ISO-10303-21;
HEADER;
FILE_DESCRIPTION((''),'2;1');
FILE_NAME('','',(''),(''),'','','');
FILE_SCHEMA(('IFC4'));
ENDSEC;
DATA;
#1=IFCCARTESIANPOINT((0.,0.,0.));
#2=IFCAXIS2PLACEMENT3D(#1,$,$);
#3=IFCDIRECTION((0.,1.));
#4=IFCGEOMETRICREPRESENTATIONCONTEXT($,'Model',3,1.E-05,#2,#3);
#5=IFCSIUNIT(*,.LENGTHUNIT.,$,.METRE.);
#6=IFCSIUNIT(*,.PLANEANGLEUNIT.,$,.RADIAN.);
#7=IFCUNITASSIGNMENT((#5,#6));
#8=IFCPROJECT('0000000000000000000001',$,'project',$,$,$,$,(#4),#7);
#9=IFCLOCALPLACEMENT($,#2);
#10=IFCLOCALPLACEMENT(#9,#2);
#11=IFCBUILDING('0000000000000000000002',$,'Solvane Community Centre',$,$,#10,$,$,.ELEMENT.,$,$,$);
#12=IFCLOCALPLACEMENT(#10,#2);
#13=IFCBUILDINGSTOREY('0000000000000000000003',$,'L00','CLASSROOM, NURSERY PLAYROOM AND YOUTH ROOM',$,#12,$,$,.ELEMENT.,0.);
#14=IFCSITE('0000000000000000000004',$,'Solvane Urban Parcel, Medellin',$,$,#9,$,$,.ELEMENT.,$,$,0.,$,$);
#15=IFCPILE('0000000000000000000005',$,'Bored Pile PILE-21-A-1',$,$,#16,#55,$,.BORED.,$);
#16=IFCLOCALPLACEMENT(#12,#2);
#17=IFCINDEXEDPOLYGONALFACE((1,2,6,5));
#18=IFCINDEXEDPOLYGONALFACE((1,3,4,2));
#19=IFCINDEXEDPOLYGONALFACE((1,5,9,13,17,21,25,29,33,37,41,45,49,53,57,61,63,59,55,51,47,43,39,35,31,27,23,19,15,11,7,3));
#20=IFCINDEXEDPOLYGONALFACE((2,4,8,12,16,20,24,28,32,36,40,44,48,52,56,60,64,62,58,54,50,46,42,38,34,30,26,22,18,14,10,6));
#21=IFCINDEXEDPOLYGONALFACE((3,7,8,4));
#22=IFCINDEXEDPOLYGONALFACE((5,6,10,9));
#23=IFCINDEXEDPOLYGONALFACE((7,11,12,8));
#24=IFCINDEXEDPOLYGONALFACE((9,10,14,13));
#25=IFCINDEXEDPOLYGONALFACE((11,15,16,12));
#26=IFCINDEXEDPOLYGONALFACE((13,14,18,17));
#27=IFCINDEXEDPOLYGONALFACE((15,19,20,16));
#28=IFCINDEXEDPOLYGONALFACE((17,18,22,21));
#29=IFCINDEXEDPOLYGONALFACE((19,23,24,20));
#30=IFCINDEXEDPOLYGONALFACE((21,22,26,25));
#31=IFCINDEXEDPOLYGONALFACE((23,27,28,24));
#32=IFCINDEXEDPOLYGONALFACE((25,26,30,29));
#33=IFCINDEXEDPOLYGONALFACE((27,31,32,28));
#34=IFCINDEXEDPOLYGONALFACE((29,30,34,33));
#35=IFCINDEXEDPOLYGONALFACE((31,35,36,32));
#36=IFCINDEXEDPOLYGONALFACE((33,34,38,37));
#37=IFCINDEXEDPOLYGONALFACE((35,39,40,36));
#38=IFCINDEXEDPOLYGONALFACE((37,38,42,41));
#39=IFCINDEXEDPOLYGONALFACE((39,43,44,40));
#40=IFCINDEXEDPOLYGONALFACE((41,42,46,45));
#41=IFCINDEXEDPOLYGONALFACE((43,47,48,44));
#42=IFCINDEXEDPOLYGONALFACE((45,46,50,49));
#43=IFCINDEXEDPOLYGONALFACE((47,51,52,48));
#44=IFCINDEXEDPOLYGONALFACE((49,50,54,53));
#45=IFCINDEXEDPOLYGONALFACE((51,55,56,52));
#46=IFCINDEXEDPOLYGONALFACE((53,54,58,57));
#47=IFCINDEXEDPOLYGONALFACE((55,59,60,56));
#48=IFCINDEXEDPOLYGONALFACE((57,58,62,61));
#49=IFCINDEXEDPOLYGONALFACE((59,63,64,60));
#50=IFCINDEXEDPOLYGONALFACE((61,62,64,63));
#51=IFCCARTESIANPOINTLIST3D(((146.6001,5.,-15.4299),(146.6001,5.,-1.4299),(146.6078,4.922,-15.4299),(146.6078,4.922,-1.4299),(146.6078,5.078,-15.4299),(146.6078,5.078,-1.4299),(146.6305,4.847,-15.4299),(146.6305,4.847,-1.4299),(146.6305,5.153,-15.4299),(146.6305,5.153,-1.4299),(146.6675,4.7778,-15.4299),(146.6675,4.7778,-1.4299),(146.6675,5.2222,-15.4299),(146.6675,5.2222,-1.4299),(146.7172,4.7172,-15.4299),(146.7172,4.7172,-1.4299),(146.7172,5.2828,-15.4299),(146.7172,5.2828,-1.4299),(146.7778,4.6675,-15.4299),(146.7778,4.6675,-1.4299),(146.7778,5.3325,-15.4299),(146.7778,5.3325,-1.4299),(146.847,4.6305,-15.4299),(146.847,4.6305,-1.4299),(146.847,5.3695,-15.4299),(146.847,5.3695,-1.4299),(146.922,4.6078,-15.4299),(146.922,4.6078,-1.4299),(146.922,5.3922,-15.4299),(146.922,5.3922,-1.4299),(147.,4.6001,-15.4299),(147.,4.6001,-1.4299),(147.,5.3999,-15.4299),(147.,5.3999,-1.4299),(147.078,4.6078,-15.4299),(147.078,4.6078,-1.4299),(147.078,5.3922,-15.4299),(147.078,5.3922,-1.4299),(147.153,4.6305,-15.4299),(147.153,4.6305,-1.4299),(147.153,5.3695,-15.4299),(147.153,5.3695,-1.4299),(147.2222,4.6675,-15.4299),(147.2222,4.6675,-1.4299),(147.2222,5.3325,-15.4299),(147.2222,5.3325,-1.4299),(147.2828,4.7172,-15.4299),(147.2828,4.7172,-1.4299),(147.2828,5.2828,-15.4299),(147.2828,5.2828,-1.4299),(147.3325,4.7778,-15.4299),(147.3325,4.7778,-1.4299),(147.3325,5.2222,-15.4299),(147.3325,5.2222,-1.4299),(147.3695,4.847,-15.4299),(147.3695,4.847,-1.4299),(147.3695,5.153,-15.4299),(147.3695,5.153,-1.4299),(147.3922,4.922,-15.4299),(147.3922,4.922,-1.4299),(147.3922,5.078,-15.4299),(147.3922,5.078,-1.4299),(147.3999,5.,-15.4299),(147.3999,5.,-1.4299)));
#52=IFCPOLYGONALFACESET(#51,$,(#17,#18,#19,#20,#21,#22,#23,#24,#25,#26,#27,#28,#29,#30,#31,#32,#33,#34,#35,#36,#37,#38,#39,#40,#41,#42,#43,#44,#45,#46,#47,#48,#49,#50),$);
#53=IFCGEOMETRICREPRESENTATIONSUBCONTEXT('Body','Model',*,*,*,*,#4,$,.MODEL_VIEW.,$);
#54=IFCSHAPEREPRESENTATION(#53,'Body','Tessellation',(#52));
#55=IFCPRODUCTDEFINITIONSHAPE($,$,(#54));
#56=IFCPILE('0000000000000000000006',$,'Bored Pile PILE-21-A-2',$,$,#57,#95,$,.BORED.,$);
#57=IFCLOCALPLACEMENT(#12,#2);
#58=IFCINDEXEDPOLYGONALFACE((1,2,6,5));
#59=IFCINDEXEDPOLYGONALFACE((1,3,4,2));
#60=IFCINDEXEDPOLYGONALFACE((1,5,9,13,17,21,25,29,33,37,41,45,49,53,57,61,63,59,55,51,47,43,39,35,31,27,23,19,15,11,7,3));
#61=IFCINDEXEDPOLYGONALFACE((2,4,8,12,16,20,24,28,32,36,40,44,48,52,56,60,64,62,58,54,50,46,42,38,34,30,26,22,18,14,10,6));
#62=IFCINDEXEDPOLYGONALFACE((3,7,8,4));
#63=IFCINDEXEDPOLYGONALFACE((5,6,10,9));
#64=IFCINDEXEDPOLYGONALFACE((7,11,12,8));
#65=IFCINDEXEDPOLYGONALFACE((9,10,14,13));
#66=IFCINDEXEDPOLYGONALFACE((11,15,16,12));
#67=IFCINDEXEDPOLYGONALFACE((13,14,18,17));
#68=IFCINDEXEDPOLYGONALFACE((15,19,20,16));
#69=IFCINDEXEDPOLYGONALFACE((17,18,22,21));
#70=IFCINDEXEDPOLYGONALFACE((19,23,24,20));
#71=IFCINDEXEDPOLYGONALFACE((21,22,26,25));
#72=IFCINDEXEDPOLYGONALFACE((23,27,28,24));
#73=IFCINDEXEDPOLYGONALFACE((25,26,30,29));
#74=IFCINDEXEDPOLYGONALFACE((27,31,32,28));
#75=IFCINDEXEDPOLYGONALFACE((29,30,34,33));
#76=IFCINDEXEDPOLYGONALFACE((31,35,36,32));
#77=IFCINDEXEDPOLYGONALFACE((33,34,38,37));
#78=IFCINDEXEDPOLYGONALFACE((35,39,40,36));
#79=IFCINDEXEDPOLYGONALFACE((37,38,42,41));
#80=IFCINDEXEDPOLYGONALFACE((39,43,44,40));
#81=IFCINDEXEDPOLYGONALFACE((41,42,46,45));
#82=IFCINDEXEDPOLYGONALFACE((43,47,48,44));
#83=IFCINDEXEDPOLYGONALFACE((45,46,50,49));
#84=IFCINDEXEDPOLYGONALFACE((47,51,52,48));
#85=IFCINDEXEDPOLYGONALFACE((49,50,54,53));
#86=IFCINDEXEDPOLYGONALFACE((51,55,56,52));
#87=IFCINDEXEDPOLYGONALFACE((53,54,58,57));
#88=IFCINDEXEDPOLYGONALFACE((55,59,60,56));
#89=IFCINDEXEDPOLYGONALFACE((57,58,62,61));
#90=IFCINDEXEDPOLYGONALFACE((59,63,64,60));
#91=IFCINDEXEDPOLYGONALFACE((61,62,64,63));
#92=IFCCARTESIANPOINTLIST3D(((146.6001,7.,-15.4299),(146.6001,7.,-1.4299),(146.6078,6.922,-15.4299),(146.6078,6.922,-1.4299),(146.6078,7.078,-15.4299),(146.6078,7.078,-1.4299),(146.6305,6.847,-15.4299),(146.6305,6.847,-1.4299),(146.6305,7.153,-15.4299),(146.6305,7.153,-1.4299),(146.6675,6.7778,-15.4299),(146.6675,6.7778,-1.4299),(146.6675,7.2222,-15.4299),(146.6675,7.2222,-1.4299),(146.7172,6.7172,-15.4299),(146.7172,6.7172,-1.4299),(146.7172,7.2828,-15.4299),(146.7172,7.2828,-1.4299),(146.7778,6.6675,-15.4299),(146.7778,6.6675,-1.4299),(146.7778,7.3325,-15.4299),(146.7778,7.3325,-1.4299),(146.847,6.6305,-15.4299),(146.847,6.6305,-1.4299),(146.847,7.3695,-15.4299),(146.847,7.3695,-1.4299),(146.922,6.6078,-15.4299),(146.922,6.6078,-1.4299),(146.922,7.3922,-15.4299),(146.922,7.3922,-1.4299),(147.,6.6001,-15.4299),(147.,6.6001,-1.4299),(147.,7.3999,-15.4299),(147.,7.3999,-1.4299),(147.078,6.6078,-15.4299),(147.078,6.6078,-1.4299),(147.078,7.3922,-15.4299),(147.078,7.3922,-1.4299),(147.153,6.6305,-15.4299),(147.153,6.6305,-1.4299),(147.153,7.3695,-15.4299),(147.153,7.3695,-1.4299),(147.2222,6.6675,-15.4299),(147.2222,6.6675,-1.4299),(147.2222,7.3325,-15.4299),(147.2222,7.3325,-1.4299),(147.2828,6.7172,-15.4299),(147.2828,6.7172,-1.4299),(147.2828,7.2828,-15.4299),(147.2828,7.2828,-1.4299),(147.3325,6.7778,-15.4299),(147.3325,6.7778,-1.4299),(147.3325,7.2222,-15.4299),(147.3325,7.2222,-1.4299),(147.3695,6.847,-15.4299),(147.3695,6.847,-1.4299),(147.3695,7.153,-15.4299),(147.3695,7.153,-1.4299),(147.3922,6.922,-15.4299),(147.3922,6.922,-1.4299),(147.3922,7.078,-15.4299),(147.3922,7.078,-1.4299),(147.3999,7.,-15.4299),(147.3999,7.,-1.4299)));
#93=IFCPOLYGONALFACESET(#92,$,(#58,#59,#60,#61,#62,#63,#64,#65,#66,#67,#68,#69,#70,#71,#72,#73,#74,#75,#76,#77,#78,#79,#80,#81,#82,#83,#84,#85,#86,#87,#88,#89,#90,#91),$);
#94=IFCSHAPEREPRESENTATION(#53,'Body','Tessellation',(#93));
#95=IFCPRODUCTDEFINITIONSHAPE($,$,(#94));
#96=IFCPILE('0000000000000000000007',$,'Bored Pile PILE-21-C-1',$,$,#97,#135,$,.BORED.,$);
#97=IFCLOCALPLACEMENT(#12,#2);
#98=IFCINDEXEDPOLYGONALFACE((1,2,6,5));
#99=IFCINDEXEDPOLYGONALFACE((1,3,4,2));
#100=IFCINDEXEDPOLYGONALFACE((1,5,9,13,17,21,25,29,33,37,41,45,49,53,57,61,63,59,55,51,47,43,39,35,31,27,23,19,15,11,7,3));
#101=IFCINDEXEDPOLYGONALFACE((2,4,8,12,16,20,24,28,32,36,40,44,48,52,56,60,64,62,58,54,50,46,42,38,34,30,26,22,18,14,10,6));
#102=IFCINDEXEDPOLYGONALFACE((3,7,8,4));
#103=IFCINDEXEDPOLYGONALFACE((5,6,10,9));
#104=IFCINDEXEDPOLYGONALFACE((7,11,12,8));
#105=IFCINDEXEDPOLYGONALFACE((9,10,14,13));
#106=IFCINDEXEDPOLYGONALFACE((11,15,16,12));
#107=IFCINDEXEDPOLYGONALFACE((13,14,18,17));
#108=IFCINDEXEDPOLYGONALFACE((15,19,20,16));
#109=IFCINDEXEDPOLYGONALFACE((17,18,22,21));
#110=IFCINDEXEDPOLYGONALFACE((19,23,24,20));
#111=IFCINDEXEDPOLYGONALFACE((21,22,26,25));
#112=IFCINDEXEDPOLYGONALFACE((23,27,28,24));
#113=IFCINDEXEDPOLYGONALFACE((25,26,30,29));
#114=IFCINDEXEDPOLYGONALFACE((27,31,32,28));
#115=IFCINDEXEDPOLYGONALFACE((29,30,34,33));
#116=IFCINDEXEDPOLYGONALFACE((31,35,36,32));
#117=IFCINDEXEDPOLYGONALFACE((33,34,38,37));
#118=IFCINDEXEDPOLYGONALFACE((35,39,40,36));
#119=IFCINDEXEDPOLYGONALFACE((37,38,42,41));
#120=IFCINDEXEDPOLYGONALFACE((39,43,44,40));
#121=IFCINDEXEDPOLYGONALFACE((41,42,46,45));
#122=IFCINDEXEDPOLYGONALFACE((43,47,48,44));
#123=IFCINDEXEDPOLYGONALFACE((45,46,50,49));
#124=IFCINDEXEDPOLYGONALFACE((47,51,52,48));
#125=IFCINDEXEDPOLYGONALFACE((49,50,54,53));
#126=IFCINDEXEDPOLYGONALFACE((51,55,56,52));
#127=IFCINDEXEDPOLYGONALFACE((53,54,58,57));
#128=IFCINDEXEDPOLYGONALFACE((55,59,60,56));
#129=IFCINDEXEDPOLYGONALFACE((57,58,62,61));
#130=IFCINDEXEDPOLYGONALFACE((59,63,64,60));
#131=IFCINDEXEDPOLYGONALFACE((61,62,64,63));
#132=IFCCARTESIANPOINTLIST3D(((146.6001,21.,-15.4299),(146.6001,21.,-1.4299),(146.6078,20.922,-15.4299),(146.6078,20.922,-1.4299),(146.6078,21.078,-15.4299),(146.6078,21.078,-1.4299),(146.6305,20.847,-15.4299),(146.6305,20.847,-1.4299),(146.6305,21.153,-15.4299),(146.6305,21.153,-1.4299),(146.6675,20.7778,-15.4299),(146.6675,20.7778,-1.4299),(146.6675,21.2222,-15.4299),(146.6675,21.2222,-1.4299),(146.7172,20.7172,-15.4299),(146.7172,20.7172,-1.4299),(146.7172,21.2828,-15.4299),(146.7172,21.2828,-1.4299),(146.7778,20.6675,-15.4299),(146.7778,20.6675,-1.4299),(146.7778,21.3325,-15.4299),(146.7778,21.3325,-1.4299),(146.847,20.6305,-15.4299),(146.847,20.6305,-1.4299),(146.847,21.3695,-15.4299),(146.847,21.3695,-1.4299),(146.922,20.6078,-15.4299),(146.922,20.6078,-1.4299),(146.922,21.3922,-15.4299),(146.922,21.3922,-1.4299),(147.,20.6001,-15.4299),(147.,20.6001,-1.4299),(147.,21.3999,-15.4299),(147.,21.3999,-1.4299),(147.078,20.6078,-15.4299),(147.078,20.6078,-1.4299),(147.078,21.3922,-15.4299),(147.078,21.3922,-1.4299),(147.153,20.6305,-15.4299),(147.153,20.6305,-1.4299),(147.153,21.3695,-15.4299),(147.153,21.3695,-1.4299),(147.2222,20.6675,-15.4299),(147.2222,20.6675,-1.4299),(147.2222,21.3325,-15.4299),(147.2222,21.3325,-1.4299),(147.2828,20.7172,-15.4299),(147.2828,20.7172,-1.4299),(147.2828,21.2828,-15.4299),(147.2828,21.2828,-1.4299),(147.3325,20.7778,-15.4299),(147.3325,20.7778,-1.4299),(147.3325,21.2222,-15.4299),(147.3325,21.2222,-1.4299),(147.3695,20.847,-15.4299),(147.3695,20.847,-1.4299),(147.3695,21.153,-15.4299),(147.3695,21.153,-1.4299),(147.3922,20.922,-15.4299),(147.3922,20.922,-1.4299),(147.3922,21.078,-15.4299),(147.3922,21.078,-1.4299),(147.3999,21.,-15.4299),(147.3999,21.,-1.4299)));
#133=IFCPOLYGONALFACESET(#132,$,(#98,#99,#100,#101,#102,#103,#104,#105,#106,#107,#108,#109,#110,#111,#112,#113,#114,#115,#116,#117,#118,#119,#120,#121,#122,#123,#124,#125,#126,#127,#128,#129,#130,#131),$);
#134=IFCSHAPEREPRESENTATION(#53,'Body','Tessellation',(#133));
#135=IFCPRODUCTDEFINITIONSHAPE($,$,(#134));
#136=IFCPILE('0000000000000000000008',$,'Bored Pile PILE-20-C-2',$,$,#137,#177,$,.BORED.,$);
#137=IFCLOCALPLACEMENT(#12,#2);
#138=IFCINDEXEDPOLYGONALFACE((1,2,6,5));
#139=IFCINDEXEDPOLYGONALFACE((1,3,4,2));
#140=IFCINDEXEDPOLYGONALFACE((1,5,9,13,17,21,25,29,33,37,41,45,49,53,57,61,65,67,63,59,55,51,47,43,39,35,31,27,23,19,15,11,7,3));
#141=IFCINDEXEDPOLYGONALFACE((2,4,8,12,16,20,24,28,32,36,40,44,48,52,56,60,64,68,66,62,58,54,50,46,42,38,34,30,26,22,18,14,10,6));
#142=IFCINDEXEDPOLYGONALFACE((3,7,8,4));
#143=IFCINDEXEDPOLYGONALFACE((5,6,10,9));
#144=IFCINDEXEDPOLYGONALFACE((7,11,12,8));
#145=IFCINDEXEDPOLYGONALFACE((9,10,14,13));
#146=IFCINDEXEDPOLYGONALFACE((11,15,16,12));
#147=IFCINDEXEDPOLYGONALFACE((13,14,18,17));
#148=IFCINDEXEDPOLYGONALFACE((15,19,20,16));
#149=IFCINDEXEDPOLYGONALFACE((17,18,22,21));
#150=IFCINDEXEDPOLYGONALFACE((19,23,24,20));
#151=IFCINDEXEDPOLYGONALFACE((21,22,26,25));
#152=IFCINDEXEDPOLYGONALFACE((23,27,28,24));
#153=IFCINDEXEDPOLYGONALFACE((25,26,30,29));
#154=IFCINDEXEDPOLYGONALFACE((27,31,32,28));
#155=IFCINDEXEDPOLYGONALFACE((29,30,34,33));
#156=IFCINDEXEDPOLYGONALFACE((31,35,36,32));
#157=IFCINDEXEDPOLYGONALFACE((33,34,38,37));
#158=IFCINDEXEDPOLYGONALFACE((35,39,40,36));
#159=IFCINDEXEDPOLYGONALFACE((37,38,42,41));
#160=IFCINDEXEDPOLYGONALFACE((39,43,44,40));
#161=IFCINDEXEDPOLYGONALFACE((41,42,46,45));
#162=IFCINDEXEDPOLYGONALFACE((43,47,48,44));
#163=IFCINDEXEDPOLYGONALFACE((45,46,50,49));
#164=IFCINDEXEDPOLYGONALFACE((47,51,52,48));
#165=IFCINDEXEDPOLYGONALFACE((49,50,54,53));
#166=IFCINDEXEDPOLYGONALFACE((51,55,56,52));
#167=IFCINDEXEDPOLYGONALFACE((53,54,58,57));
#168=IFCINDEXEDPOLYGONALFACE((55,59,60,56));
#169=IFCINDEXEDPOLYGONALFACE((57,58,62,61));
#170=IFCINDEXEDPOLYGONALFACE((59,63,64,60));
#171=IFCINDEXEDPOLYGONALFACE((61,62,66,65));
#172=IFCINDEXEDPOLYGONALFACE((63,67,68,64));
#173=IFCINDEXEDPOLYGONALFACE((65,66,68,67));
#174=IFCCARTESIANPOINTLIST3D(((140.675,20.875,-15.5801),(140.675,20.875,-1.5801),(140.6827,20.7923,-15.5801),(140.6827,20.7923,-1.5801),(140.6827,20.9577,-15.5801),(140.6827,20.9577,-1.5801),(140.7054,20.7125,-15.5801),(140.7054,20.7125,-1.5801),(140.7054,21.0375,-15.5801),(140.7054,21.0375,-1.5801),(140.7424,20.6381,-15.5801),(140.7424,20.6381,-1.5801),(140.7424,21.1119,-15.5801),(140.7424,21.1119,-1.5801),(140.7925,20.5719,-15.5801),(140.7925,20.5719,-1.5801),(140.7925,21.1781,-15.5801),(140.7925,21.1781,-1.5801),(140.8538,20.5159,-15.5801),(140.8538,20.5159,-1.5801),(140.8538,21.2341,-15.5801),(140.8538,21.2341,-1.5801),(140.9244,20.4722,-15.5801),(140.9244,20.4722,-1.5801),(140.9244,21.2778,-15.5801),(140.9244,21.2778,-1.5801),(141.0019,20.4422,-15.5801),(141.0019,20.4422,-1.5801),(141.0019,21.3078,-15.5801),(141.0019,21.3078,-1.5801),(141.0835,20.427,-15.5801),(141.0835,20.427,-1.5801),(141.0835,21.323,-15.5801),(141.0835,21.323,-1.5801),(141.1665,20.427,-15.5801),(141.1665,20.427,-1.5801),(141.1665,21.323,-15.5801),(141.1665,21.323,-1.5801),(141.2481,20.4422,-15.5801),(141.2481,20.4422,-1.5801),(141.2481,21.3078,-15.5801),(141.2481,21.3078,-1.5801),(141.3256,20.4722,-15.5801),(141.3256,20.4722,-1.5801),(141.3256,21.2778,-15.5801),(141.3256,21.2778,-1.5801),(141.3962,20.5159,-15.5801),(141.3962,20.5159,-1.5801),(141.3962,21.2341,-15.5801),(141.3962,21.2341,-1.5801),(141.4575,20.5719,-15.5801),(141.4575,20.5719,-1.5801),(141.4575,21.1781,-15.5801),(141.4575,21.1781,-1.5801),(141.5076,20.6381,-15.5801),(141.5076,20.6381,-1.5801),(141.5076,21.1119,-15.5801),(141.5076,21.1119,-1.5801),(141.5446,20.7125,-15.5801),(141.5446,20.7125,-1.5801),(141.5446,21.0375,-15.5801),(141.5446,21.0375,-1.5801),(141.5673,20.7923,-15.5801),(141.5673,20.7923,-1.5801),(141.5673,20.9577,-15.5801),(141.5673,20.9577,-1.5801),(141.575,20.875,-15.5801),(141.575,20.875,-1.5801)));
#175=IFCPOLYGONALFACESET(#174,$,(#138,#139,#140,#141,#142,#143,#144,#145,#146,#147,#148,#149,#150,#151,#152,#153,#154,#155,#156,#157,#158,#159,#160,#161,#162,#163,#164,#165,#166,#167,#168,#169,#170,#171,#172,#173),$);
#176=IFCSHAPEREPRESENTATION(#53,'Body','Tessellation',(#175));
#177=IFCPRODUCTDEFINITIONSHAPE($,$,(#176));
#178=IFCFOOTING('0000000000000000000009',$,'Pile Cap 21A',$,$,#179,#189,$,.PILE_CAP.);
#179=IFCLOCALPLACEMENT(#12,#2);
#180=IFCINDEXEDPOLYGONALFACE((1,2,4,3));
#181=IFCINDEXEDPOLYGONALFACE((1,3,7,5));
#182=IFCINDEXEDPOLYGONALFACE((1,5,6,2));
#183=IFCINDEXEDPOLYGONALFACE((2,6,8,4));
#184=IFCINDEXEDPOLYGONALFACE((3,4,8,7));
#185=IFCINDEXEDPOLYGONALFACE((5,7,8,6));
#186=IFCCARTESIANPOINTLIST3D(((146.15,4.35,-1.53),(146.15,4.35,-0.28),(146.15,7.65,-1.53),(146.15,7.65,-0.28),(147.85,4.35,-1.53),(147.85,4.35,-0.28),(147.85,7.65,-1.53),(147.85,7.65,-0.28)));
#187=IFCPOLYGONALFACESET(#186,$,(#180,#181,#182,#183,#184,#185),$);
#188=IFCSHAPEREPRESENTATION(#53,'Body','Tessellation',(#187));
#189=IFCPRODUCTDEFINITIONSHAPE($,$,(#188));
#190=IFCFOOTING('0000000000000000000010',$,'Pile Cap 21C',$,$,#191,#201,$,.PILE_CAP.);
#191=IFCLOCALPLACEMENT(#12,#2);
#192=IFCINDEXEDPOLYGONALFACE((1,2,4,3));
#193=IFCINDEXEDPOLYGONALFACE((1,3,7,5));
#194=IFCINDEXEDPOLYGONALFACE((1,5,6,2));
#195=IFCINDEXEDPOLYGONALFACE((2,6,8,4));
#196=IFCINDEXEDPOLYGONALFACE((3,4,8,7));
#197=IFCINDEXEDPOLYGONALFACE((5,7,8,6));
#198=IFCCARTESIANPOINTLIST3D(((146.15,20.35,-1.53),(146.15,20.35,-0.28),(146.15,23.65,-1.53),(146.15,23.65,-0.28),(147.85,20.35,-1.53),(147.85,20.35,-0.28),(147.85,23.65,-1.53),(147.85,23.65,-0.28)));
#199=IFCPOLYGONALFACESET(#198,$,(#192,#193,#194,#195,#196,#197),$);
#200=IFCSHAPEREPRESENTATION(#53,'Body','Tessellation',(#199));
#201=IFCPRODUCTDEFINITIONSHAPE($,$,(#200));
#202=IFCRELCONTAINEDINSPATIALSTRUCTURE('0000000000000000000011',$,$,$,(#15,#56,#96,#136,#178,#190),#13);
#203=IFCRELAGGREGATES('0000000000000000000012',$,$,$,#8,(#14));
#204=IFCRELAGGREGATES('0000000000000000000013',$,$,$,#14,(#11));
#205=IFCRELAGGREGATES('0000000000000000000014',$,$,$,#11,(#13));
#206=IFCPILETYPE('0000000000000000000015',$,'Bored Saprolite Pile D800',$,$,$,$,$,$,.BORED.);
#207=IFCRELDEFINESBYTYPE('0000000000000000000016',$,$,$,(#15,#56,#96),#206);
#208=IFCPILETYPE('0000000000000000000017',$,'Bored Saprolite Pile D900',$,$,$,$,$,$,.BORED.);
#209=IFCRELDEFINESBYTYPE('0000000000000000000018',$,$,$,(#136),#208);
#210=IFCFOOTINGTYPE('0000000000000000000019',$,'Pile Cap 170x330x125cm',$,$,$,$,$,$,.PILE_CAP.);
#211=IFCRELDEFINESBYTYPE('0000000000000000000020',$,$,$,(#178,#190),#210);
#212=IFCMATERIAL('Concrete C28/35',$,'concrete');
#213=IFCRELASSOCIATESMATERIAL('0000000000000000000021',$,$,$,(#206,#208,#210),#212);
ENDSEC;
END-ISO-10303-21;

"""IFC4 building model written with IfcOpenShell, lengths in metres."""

from ifc_helpers import new_model, si_unit, direction, frame, origin, origin_2d, place, context, subcontext, project, spatial, rectangle, circle, extrude, material, material_profile, profile_set, type_object, element, save


model = new_model("IFC4")

# Units and contexts
model_context = context("Model", 3, precision=1e-05, world=origin(), true_north=direction((0.0, 1.0)))
body_context = subcontext(model_context, "Body", "Model", "MODEL_VIEW")
ifc_project = project(units=[si_unit("LENGTHUNIT", "METRE"), si_unit("PLANEANGLEUNIT", "RADIAN")], contexts=[model_context])

# Site, building, storey
site_placement = place(None, origin())
site = spatial("IfcSite", under=ifc_project, at=site_placement, Name="Solvane Urban Parcel, Medellin", CompositionType="ELEMENT", RefElevation=0.0)
building_placement = place(site_placement, origin())
building = spatial("IfcBuilding", under=site, at=building_placement, Name="Solvane Community Centre", CompositionType="ELEMENT")
storey_placement = place(building_placement, origin())
storey = spatial("IfcBuildingStorey", under=building, at=storey_placement, Name="L00", Description="CLASSROOM, NURSERY PLAYROOM AND YOUTH ROOM", CompositionType="ELEMENT", Elevation=0.0)

# Piles
ifc_material_1 = material(Name="Concrete C28/35", Category="concrete")
ifc_material_profile_1 = material_profile(ifc_material_1, circle(Radius=0.3999, at=origin_2d()), Name="PILE D800")
ifc_profile_set_1 = profile_set([ifc_material_profile_1], Name="Concrete C28/35")
pile_type_1 = type_object("IfcPileType", Name="Bored Saprolite Pile D800", PredefinedType="BORED", material=ifc_profile_set_1)
for number, where, z_axis, x_axis, name in (
    (1, (147.0, 5.0, -1.4299), (0.0, 0.0, -1.0), (1.0, 0.0, 0.0), "Bored Pile PILE-21-A-1"),
    (2, (147.0, 7.0, -1.4299), (0.0, 0.0, -1.0), (1.0, 0.0, 0.0), "Bored Pile PILE-21-A-2"),
    (3, (147.0, 21.0, -1.4299), (0.0, 0.0, -1.0), (1.0, 0.0, 0.0), "Bored Pile PILE-21-C-1"),
):
    element("IfcPile", number, at=place(storey_placement, frame(where, z_axis=z_axis, x_axis=x_axis)), inside=storey, type_object=pile_type_1, Name=name, PredefinedType="BORED", context=body_context, shape_type="SweptSolid", body=[
        extrude(circle(Radius=0.3999, at=origin_2d()), origin(), (0.0, 0.0, 1.0), 14.0),
    ])
ifc_material_profile_2 = material_profile(ifc_material_1, circle(Radius=0.45, at=origin_2d()), Name="PILE D900")
ifc_profile_set_2 = profile_set([ifc_material_profile_2], Name="Concrete C28/35")
pile_type_2 = type_object("IfcPileType", Name="Bored Saprolite Pile D900", PredefinedType="BORED", material=ifc_profile_set_2)
pile_placement = place(storey_placement, frame((141.125, 20.875, -1.5801), z_axis=(0.0, 0.0, -1.0), x_axis=(1.0, 0.0, 0.0)))
element("IfcPile", 4, at=pile_placement, inside=storey, type_object=pile_type_2, Name="Bored Pile PILE-20-C-2", PredefinedType="BORED", context=body_context, shape_type="SweptSolid", body=[
    extrude(circle(Radius=0.45, at=origin_2d()), origin(), (0.0, 0.0, 1.0), 14.0),
])

# Footings
footing_type_1 = type_object("IfcFootingType", Name="Pile Cap 170x330x125cm", PredefinedType="PILE_CAP", material=ifc_material_1)
for number, where, z_axis, x_axis, name in (
    (5, (147.0, 6.0, -1.53), (0.0, 0.0, 1.0), (1.0, 0.0, 0.0), "Pile Cap 21A"),
    (6, (147.0, 22.0, -1.53), (0.0, 0.0, 1.0), (1.0, 0.0, 0.0), "Pile Cap 21C"),
):
    element("IfcFooting", number, at=place(storey_placement, frame(where, z_axis=z_axis, x_axis=x_axis)), inside=storey, type_object=footing_type_1, Name=name, PredefinedType="PILE_CAP", context=body_context, shape_type="SweptSolid", body=[
        extrude(rectangle(XDim=1.7, YDim=3.3, at=origin_2d()), origin(), (0.0, 0.0, 1.0), 1.25),
    ])

save(model, "model.ifc")
